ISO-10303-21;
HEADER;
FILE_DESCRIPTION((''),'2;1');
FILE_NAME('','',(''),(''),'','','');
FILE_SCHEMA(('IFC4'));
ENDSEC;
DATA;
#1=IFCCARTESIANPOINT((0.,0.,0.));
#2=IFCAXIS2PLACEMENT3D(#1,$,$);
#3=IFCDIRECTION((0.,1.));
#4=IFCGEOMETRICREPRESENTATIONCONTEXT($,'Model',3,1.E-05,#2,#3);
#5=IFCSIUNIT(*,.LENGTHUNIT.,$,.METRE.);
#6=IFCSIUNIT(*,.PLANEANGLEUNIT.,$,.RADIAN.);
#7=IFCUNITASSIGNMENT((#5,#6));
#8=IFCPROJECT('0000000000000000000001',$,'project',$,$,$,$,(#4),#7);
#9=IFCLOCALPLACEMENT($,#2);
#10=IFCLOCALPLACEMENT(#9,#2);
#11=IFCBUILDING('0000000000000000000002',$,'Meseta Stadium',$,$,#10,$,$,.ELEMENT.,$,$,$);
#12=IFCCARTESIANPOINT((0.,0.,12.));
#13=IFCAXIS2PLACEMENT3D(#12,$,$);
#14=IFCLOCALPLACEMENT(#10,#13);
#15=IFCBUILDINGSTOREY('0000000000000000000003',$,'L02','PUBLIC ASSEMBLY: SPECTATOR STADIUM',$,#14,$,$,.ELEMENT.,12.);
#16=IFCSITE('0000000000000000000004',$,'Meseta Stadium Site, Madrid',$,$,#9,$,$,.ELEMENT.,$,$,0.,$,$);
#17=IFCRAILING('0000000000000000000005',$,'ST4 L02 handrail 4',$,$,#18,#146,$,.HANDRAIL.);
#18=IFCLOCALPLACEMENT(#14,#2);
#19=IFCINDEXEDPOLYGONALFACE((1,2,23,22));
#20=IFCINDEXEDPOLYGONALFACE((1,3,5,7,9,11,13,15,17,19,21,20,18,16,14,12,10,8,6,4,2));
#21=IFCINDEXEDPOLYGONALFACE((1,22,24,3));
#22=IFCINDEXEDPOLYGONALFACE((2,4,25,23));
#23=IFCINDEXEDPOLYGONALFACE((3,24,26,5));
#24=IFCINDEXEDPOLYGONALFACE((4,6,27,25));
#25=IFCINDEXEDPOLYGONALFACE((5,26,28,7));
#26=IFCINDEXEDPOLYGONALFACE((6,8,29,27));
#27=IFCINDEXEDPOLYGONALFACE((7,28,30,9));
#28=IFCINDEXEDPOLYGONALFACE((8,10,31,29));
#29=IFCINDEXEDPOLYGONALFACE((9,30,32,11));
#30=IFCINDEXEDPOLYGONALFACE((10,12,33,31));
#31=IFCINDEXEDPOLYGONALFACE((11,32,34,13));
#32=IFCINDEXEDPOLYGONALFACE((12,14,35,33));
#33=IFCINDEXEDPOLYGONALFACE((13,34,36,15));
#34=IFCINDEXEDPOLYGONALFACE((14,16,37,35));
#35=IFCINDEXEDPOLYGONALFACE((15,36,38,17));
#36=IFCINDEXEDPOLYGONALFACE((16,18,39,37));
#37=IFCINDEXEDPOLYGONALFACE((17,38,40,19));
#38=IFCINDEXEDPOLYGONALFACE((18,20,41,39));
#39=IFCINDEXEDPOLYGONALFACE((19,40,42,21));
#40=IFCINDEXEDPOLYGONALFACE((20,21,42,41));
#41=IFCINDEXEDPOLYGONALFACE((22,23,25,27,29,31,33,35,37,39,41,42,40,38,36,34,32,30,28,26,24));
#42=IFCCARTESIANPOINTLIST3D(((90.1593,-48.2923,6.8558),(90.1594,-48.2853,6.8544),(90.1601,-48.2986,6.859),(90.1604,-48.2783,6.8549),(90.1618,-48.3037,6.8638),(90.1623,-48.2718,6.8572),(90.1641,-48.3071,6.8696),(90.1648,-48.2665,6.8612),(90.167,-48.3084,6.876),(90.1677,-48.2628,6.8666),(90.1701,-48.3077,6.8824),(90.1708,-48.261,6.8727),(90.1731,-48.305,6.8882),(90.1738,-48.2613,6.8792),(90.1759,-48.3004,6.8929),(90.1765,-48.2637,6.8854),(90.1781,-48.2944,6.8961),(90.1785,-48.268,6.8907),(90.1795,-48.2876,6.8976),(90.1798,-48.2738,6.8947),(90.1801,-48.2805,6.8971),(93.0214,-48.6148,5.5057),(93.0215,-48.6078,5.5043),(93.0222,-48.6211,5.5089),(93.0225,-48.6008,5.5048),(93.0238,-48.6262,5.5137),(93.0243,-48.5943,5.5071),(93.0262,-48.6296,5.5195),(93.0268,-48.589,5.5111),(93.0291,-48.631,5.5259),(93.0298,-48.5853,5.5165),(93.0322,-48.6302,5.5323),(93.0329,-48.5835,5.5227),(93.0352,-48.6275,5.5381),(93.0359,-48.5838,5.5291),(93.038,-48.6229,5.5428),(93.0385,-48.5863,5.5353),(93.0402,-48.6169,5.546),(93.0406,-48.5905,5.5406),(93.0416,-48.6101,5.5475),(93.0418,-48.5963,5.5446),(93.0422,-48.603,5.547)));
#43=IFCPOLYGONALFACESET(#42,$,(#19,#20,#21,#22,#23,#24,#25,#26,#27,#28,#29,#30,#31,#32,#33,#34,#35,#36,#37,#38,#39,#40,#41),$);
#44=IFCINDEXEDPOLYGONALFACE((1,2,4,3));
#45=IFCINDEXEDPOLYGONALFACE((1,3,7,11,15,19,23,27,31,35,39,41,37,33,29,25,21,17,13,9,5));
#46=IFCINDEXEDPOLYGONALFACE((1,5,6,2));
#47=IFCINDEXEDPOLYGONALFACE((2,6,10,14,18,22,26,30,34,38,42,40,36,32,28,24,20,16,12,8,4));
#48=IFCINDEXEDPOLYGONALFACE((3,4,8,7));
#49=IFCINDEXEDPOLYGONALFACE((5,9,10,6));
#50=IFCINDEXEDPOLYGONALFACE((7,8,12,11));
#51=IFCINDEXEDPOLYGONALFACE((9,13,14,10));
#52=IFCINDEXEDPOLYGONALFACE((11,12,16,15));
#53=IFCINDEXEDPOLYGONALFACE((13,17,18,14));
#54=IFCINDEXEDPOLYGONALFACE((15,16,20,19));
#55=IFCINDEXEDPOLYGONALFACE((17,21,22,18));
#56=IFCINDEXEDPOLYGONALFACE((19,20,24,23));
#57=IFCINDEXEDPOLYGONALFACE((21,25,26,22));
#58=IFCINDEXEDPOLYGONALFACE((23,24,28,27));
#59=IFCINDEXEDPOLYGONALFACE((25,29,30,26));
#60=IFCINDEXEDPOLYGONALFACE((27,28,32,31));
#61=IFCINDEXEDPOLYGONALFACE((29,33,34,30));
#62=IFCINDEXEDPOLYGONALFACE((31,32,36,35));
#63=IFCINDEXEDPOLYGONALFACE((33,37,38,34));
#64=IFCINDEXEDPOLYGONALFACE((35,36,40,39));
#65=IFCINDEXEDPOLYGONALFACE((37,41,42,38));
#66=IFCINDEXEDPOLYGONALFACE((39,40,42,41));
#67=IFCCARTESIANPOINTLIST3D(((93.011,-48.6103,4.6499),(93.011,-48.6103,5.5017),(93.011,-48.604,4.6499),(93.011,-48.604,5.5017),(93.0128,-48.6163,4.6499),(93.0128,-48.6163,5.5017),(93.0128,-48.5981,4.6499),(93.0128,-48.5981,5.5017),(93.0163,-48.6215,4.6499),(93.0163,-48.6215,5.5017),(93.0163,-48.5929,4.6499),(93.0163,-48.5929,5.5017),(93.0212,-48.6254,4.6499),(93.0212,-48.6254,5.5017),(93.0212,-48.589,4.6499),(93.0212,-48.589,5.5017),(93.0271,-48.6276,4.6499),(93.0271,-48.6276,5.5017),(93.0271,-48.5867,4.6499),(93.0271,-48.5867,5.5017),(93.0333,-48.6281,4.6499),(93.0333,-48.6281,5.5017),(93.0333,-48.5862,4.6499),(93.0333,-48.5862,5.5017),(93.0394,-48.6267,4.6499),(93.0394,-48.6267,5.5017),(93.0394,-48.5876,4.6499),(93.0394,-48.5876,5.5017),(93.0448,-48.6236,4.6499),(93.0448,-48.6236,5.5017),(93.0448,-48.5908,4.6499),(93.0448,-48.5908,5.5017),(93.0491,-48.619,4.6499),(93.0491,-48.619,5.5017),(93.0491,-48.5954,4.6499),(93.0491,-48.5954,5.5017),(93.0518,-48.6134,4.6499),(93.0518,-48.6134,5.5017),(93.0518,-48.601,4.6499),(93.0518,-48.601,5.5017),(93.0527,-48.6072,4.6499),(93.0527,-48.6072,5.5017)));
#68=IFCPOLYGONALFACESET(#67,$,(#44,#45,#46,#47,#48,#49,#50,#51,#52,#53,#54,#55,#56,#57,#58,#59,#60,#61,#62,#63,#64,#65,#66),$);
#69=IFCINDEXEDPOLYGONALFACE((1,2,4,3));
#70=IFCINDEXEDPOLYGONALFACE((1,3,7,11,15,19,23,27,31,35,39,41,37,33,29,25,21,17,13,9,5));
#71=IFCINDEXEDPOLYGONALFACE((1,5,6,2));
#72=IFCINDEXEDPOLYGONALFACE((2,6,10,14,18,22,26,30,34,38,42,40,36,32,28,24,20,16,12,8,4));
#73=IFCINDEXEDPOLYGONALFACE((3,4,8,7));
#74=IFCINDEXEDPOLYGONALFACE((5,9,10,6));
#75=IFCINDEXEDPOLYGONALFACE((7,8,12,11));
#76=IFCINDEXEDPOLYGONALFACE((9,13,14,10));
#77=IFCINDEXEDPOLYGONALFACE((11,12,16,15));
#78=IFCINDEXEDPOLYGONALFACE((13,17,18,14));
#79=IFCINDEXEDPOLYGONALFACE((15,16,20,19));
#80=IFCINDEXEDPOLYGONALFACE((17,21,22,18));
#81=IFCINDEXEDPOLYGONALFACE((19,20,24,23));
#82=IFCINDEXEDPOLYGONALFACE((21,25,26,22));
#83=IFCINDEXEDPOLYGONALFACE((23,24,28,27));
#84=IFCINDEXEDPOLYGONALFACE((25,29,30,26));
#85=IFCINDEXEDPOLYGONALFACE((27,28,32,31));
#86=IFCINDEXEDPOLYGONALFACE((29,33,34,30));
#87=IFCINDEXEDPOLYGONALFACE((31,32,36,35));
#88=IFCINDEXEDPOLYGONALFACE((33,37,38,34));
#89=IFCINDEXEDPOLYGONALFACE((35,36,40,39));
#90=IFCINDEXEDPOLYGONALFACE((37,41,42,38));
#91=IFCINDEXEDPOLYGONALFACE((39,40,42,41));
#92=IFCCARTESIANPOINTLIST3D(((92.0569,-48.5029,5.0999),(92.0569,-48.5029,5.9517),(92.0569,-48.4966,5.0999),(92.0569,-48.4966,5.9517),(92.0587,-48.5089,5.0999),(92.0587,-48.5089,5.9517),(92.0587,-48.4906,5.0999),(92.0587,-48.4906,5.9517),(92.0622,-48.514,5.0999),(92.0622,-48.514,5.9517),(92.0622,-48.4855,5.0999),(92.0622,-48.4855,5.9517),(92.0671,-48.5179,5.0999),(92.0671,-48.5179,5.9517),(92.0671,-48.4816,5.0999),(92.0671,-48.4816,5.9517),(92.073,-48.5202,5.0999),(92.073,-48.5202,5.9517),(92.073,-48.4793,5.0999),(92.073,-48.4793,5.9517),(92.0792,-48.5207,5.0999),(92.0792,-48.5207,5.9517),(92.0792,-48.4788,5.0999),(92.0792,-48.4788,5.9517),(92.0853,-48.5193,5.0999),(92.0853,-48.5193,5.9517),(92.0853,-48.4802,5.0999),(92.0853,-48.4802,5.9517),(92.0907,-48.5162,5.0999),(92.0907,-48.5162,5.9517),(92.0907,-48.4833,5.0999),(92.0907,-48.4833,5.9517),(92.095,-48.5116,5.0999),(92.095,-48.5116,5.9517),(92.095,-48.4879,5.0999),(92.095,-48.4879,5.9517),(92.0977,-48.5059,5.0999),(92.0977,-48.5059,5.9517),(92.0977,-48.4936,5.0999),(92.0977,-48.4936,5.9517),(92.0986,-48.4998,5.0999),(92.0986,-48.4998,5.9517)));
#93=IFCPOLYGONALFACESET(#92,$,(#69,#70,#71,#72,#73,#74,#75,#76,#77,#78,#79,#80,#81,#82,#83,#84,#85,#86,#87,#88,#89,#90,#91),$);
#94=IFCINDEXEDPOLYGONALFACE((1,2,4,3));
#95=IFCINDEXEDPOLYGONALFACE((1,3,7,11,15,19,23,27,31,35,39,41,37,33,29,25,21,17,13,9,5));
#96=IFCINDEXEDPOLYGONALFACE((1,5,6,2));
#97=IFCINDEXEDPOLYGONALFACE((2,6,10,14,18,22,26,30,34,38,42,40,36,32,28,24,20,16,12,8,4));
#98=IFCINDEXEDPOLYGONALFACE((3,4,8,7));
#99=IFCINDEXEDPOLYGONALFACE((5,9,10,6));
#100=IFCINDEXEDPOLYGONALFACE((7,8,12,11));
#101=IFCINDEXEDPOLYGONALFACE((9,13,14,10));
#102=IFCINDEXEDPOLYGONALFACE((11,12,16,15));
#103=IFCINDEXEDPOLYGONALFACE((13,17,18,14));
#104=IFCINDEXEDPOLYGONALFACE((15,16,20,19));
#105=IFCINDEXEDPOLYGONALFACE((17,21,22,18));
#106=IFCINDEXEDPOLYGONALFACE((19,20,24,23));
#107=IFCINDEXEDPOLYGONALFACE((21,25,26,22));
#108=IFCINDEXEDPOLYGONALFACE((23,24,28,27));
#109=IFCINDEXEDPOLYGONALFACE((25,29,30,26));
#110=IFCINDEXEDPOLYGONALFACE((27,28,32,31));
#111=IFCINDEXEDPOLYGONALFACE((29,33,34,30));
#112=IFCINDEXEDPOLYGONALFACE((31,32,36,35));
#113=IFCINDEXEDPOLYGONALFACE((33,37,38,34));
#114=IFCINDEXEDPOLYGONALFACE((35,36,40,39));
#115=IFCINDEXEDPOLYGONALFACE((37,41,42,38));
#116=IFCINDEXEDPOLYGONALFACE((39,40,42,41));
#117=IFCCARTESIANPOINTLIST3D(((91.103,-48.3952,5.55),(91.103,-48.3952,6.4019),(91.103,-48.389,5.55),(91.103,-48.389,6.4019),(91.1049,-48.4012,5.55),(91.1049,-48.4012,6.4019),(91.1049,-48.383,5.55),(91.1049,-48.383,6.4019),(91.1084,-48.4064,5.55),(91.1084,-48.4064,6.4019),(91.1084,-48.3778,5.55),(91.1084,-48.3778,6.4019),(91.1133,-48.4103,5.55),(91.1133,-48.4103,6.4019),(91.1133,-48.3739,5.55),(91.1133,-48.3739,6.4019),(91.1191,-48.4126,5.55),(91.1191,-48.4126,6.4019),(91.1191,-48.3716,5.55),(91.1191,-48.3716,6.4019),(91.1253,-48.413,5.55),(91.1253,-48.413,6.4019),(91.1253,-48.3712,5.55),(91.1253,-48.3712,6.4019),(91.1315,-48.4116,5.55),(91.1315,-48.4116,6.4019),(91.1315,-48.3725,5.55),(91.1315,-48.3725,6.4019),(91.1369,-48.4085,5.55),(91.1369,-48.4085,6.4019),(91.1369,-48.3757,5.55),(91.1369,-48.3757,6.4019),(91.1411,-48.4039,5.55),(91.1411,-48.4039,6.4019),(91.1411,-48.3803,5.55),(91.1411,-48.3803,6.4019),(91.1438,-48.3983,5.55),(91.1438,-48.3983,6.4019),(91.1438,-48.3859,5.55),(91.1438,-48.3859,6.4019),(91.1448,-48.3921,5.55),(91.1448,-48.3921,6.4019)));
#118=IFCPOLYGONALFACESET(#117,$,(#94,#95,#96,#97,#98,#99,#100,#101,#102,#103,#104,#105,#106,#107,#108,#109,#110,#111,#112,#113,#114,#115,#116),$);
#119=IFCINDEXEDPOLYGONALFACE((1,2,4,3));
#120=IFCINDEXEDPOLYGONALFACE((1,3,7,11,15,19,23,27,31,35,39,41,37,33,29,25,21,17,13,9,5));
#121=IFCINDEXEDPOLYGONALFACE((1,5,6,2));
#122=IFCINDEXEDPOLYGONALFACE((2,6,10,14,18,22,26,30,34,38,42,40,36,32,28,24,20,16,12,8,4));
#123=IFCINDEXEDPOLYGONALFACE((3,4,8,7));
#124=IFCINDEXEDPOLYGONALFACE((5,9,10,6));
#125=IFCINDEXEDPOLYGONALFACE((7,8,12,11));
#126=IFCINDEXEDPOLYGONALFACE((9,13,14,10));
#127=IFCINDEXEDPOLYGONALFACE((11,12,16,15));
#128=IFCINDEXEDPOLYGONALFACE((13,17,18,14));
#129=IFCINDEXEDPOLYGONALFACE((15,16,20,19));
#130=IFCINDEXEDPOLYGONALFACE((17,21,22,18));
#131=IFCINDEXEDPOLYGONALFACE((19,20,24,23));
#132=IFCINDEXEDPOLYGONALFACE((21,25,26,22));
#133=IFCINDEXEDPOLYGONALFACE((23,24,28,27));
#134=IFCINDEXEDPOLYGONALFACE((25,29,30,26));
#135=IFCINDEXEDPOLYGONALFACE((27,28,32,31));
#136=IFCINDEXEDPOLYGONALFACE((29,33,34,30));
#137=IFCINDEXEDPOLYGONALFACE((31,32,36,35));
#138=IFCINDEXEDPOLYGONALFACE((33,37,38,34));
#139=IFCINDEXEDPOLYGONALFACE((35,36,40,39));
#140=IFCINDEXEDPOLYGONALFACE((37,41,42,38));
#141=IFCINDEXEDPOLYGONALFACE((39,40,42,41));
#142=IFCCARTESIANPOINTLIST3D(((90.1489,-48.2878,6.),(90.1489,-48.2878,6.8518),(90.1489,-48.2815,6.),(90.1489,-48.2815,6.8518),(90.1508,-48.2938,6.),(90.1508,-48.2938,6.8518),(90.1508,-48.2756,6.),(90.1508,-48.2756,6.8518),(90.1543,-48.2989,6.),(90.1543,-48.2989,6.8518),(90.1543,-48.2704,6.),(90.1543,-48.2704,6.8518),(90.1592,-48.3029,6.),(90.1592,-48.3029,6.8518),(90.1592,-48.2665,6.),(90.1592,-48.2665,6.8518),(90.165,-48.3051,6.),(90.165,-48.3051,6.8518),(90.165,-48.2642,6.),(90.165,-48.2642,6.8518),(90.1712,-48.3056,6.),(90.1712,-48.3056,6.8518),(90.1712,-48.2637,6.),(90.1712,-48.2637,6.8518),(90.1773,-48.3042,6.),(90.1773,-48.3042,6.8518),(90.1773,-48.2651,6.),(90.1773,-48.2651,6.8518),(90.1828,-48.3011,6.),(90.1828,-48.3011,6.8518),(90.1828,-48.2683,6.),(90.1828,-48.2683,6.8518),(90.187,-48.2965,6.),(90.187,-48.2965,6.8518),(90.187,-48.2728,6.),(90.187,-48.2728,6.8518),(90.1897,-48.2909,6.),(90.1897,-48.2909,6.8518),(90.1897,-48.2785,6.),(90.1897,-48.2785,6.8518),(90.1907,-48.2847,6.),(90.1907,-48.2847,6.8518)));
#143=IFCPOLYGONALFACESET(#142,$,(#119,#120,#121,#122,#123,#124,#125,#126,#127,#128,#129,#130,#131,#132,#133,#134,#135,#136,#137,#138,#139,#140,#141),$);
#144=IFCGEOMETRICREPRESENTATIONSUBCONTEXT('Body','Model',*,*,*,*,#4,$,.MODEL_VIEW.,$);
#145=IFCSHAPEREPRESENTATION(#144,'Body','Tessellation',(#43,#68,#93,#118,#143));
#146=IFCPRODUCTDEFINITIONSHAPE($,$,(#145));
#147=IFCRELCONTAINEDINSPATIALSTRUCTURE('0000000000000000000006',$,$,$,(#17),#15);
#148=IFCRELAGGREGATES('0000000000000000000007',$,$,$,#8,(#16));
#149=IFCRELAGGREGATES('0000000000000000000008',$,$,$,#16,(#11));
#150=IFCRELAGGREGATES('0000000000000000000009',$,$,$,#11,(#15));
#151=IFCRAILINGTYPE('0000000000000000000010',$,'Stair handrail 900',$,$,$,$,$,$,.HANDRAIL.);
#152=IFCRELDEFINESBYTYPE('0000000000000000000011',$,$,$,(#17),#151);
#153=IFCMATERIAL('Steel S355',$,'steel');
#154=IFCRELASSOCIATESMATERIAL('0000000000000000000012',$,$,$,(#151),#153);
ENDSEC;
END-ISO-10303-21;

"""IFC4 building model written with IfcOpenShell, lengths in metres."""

from ifc_helpers import new_model, si_unit, direction, frame, origin, origin_2d, place, context, subcontext, project, spatial, circle, extrude, material, type_object, element, save


model = new_model("IFC4")

# Units and contexts
model_context = context("Model", 3, precision=1e-05, world=origin(), true_north=direction((0.0, 1.0)))
body_context = subcontext(model_context, "Body", "Model", "MODEL_VIEW")
ifc_project = project(units=[si_unit("LENGTHUNIT", "METRE"), si_unit("PLANEANGLEUNIT", "RADIAN")], contexts=[model_context])

# Site, building, storey
site_placement = place(None, origin())
site = spatial("IfcSite", under=ifc_project, at=site_placement, Name="Meseta Stadium Site, Madrid", CompositionType="ELEMENT", RefElevation=0.0)
building_placement = place(site_placement, origin())
building = spatial("IfcBuilding", under=site, at=building_placement, Name="Meseta Stadium", CompositionType="ELEMENT")
storey_placement = place(building_placement, frame((0.0, 0.0, 12.0)))
storey = spatial("IfcBuildingStorey", under=building, at=storey_placement, Name="L02", Description="PUBLIC ASSEMBLY: SPECTATOR STADIUM", CompositionType="ELEMENT", Elevation=12.0)

# Railing
ifc_material_1 = material(Name="Steel S355", Category="steel")
railing_type_1 = type_object("IfcRailingType", Name="Stair handrail 900", PredefinedType="HANDRAIL", material=ifc_material_1)
railing_1_placement = place(storey_placement, frame((93.0317, -48.6072, 4.6499)))
element("IfcRailing", 1, at=railing_1_placement, inside=storey, type_object=railing_type_1, Name="ST4 L02 handrail 4", PredefinedType="HANDRAIL", context=body_context, shape_type="SweptSolid", body=[
    extrude(circle(Radius=0.0239, at=origin_2d()), frame((0.0, 0.0, 0.876), z_axis=(-0.899763, 0.101389, 0.424438), x_axis=(-0.111976, -0.993711, 0.0)), (0.0, 0.0, 1.0), 3.1809),
    extrude(circle(Radius=0.021, at=origin_2d()), origin(), (0.0, 0.0, 1.0), 0.8518),
    extrude(circle(Radius=0.021, at=origin_2d()), frame((-0.9541, 0.1074, 0.45)), (0.0, 0.0, 1.0), 0.8518),
    extrude(circle(Radius=0.021, at=origin_2d()), frame((-1.908, 0.2151, 0.9001)), (0.0, 0.0, 1.0), 0.8518),
    extrude(circle(Radius=0.021, at=origin_2d()), frame((-2.8621, 0.3225, 1.3501)), (0.0, 0.0, 1.0), 0.8518),
])

save(model, "model.ifc")
